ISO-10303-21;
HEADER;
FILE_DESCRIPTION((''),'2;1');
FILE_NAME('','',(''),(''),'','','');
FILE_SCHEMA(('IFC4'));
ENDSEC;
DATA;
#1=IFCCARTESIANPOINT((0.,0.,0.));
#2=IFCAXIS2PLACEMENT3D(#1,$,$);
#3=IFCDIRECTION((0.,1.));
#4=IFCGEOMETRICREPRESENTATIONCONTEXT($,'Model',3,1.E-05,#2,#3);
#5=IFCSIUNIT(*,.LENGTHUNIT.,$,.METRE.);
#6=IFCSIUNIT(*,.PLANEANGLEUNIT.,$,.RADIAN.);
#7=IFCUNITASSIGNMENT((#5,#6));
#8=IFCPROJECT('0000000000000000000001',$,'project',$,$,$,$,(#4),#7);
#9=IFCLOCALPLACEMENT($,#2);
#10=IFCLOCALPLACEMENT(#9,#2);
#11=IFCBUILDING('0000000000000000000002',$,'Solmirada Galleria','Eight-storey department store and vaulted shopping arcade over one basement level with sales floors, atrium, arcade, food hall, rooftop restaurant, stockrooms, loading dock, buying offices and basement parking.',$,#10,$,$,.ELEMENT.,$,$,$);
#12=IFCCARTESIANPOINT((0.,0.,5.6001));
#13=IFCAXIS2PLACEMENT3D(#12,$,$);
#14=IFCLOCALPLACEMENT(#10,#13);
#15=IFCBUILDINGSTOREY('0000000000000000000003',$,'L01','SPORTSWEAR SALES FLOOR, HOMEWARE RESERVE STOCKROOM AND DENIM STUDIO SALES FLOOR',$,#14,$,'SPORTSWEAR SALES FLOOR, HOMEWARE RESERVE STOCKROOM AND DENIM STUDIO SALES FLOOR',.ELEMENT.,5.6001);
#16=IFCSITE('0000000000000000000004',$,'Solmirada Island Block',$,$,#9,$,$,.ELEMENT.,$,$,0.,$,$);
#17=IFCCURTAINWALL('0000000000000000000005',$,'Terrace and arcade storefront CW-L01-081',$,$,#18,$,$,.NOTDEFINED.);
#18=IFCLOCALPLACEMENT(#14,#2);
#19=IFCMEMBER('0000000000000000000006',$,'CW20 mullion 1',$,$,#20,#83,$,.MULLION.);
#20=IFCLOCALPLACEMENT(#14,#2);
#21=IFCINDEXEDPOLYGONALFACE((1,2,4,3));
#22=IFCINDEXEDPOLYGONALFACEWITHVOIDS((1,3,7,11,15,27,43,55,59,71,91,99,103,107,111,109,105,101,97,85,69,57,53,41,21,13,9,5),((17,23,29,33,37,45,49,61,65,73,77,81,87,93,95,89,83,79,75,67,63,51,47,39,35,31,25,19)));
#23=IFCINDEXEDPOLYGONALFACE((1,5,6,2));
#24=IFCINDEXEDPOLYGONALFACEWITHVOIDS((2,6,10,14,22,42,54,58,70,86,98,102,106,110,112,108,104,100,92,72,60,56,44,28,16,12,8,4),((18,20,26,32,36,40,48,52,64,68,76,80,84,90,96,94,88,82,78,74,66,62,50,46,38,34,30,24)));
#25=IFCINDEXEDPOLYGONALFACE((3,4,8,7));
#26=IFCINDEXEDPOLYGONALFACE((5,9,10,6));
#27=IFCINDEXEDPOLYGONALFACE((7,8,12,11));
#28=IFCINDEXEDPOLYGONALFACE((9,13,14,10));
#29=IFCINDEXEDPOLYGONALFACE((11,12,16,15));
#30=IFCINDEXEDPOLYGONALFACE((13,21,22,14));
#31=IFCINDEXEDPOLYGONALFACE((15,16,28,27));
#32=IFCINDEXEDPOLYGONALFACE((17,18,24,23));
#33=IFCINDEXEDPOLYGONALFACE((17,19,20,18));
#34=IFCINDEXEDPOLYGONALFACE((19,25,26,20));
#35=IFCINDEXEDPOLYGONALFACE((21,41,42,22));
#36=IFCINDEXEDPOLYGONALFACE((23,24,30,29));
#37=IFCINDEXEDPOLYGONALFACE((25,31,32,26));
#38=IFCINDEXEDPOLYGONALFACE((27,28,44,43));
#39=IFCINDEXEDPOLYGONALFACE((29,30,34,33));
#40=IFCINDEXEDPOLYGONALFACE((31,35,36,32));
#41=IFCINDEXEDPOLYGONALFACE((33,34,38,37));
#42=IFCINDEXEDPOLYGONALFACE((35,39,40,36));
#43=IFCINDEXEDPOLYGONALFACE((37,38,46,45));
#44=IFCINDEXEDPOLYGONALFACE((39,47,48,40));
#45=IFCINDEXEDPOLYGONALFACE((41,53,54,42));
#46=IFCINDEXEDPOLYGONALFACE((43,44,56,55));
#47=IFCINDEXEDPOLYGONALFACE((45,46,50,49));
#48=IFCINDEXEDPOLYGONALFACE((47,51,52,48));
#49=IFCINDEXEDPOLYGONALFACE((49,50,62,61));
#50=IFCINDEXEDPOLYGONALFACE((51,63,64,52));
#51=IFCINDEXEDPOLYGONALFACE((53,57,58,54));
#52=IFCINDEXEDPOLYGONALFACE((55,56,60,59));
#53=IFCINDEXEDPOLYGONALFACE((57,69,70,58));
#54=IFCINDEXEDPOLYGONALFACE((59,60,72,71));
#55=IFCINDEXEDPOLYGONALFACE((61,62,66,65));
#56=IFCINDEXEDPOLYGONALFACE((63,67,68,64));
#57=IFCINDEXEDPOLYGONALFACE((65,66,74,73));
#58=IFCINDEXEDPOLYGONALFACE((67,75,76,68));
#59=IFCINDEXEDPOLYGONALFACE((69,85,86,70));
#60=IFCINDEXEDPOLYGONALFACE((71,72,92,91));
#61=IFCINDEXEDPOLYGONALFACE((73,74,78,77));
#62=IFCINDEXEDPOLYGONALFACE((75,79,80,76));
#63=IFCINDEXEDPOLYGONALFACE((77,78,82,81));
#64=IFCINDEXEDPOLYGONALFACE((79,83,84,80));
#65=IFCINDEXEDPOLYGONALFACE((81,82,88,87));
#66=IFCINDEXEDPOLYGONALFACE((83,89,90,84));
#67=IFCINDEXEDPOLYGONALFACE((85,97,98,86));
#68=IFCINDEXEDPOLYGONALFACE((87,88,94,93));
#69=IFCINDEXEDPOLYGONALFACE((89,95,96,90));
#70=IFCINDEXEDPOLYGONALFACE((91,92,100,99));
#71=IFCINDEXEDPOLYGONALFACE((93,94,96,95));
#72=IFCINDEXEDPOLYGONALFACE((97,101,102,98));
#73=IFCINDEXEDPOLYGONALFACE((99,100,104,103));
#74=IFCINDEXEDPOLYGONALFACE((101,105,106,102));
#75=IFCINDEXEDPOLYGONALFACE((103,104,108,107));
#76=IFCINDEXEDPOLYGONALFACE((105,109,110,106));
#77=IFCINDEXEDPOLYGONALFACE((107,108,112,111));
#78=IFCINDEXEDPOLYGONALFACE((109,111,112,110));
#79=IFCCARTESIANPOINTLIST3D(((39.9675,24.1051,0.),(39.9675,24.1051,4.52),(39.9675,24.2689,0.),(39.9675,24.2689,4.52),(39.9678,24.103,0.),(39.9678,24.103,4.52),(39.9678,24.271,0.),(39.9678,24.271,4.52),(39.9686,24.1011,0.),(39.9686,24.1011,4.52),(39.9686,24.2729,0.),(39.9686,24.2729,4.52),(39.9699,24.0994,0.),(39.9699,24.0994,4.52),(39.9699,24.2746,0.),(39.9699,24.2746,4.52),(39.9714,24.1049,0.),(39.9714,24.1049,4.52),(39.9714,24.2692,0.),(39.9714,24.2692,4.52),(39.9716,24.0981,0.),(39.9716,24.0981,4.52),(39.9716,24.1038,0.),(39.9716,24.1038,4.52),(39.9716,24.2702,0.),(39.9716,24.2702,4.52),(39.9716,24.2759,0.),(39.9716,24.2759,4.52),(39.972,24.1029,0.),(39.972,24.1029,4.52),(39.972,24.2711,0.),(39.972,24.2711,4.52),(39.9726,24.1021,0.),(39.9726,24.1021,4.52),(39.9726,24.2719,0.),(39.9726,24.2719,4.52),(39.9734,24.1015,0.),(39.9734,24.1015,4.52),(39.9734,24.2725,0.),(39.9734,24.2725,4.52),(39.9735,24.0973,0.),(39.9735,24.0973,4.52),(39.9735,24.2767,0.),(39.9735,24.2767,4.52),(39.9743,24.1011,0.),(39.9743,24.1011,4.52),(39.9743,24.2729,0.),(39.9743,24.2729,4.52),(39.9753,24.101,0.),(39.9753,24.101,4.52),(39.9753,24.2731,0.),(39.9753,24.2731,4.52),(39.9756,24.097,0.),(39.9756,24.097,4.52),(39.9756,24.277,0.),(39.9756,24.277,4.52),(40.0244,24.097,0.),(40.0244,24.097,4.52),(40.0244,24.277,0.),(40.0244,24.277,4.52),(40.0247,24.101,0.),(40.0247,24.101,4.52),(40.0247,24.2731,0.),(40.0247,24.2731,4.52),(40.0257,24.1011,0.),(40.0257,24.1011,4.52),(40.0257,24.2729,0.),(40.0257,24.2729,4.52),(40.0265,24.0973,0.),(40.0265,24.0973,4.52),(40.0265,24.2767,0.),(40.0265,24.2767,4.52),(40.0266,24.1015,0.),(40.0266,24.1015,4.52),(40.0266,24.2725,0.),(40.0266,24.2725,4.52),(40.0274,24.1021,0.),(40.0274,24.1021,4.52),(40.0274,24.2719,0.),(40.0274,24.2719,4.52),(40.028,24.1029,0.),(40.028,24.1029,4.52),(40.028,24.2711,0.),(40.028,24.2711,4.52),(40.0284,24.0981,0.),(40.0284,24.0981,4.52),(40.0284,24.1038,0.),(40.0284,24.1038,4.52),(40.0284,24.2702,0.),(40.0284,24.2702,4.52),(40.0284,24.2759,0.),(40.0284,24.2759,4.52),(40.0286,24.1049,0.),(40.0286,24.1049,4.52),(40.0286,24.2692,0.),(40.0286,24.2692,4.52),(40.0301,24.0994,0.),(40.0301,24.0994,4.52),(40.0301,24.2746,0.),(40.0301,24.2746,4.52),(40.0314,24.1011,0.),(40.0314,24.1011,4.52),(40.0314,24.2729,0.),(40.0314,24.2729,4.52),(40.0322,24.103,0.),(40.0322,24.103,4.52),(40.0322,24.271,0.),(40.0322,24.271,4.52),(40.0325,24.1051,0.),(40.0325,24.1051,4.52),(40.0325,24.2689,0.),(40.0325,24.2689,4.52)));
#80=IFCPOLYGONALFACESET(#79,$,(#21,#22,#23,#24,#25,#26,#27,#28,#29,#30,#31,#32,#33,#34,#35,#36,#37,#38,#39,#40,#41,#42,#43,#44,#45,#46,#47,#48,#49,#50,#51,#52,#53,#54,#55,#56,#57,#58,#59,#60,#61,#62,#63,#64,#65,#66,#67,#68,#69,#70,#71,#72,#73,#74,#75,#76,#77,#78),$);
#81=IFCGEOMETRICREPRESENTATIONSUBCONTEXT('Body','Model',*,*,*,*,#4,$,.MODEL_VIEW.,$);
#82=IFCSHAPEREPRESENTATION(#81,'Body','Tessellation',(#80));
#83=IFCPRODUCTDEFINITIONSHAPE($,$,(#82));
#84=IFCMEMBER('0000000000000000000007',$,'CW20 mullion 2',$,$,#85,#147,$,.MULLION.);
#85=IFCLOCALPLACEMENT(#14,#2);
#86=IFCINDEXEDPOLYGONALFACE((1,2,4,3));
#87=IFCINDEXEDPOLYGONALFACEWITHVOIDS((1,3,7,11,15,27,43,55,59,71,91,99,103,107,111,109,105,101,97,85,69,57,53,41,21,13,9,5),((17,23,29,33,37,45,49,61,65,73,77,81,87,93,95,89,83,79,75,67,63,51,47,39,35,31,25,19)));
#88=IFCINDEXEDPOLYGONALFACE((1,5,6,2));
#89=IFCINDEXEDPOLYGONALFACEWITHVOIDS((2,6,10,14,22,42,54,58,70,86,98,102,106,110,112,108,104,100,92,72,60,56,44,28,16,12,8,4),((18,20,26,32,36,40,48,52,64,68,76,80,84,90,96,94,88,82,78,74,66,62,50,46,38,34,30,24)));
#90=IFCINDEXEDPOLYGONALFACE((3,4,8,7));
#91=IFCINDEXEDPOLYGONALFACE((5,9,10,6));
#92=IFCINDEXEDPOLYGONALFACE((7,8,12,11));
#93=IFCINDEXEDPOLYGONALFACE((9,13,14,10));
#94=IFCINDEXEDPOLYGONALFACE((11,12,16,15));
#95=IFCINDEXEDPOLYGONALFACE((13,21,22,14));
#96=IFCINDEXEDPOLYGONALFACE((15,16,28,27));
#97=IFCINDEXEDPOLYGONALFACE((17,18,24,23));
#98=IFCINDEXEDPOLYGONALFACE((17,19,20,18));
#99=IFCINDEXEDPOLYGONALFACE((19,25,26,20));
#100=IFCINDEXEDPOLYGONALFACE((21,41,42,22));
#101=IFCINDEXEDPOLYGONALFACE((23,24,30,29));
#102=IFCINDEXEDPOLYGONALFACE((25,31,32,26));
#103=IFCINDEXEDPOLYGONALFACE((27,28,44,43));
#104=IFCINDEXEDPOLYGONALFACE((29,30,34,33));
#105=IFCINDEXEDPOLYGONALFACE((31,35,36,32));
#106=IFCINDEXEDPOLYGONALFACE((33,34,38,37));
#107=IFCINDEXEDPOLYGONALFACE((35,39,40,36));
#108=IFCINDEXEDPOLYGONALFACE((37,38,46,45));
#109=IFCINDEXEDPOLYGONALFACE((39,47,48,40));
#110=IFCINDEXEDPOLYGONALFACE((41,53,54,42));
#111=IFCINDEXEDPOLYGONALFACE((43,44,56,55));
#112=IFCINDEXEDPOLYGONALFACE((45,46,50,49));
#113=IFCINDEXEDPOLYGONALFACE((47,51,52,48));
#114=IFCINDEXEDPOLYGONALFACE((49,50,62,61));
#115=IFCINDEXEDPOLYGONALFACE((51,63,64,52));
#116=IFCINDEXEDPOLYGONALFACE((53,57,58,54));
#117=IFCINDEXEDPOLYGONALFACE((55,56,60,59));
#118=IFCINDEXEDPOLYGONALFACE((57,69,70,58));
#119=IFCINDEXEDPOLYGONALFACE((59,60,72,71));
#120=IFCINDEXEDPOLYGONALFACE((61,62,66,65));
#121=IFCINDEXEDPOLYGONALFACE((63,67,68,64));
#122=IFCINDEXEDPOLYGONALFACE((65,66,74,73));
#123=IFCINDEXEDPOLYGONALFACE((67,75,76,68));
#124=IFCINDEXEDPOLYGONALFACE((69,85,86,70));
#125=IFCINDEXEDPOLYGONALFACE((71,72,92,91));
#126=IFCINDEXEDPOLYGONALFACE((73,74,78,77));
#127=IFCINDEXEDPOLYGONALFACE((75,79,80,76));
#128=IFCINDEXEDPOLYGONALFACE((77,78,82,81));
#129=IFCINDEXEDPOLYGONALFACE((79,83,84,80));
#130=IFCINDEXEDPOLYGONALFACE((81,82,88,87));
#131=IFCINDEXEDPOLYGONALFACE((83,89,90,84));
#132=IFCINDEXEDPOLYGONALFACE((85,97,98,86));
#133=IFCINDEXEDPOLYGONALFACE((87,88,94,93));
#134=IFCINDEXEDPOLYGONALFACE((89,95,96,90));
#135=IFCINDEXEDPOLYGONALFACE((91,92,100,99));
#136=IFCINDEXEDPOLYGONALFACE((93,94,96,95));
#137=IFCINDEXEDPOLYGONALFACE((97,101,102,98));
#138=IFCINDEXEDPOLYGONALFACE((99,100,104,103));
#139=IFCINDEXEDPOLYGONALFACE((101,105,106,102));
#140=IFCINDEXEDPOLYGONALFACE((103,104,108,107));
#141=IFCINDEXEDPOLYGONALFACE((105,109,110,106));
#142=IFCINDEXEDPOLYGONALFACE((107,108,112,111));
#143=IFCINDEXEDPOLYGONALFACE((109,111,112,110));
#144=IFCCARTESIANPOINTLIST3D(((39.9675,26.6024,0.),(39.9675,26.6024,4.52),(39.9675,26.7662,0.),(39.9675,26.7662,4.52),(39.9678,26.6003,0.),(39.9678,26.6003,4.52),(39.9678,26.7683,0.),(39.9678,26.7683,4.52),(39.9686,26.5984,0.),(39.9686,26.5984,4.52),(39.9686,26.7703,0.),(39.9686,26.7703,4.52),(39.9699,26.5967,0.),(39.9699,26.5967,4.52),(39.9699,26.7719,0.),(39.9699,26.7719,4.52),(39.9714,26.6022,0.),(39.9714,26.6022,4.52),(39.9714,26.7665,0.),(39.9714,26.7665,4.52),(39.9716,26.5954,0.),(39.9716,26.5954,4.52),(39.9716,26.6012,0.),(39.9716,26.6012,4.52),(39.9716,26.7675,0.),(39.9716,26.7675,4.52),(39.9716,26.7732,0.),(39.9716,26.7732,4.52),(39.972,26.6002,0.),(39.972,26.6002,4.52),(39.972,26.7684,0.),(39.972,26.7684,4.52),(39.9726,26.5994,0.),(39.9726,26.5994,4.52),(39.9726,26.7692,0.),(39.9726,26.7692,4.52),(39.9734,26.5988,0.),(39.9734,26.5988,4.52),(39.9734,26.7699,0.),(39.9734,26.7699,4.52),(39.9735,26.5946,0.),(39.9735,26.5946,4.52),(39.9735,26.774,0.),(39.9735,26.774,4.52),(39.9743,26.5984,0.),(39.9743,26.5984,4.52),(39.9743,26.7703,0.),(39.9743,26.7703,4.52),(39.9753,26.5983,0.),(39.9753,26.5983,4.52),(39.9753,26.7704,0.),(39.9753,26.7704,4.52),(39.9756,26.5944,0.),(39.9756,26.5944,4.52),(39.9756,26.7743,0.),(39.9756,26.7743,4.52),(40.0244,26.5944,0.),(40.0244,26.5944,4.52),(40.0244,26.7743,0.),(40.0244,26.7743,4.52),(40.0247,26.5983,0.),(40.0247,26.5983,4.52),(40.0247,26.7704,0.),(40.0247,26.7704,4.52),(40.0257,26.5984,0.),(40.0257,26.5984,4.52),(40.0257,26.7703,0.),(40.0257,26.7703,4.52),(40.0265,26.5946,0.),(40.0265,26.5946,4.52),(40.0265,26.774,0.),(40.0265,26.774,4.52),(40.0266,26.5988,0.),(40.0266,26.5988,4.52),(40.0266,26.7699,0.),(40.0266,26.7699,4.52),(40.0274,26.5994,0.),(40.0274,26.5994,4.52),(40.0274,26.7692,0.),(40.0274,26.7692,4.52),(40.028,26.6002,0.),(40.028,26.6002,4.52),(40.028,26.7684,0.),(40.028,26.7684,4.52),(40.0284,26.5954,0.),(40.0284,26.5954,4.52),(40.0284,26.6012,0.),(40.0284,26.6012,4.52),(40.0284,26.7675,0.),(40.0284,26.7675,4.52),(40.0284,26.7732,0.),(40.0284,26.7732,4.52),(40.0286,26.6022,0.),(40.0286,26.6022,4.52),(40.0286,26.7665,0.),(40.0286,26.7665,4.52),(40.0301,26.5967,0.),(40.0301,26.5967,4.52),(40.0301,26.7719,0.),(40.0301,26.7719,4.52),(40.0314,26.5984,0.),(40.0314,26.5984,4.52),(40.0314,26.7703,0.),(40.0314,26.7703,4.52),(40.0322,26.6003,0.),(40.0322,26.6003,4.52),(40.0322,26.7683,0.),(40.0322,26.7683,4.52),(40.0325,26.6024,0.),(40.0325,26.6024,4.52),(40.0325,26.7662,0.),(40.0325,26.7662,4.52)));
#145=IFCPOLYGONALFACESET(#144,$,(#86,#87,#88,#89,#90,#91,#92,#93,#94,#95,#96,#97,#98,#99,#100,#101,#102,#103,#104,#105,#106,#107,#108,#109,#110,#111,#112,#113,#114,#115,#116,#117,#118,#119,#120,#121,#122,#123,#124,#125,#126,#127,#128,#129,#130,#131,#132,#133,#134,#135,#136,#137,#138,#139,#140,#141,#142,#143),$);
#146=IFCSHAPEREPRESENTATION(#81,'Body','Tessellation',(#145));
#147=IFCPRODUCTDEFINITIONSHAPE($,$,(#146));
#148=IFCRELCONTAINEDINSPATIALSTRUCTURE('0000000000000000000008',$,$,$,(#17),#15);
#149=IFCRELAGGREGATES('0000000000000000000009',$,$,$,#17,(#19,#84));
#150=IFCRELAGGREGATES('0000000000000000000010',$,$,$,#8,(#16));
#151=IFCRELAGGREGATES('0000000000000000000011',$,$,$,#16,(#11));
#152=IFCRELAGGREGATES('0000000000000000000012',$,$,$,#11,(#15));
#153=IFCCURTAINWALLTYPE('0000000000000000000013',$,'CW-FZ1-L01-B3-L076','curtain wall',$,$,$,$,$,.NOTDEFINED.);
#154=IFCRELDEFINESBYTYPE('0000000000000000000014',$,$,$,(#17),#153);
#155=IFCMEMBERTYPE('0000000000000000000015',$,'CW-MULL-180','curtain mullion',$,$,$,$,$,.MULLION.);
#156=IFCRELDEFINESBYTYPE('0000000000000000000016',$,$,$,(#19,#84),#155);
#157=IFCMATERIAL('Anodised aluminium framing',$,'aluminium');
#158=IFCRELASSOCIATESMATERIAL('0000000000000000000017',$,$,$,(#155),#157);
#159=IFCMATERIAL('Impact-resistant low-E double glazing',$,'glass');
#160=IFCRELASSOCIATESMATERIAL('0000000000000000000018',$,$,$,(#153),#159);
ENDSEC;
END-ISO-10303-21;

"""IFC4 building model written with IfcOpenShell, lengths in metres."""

from ifc_helpers import new_model, si_unit, direction, frame, origin, origin_2d, place, context, subcontext, project, spatial, hollow_rectangle, extrude, material, material_profile, profile_set, type_object, element, aggregate, save


model = new_model("IFC4")

# Units and contexts
model_context = context("Model", 3, precision=1e-05, world=origin(), true_north=direction((0.0, 1.0)))
body_context = subcontext(model_context, "Body", "Model", "MODEL_VIEW")
ifc_project = project(units=[si_unit("LENGTHUNIT", "METRE"), si_unit("PLANEANGLEUNIT", "RADIAN")], contexts=[model_context])

# Site, building, storey
site_placement = place(None, origin())
site = spatial("IfcSite", under=ifc_project, at=site_placement, Name="Solmirada Island Block", CompositionType="ELEMENT", RefElevation=0.0)
building_placement = place(site_placement, origin())
building = spatial("IfcBuilding", under=site, at=building_placement, Name="Solmirada Galleria", Description="Eight-storey department store and vaulted shopping arcade over one basement level with sales floors, atrium, arcade, food hall, rooftop restaurant, stockrooms, loading dock, buying offices and basement parking.", CompositionType="ELEMENT")
storey_placement = place(building_placement, frame((0.0, 0.0, 5.6001)))
storey = spatial("IfcBuildingStorey", under=building, at=storey_placement, Name="L01", Description="SPORTSWEAR SALES FLOOR, HOMEWARE RESERVE STOCKROOM AND DENIM STUDIO SALES FLOOR", LongName="SPORTSWEAR SALES FLOOR, HOMEWARE RESERVE STOCKROOM AND DENIM STUDIO SALES FLOOR", CompositionType="ELEMENT", Elevation=5.6001)

# Shared definitions
ifc_material_1 = material(Name="Impact-resistant low-E double glazing", Category="glass")
ifc_material_2 = material(Name="Anodised aluminium framing", Category="aluminium")
ifc_material_profile_1 = material_profile(ifc_material_2, hollow_rectangle(XDim=0.0649, YDim=0.1799, WallThickness=0.0039, InnerFilletRadius=0.0039, OuterFilletRadius=0.0081, at=origin_2d()), Name="ALU-MULL-180X65")
ifc_profile_set_1 = profile_set([ifc_material_profile_1], Name="Anodised aluminium framing")
member_type_1 = type_object("IfcMemberType", Name="CW-MULL-180", Description="curtain mullion", PredefinedType="MULLION", material=ifc_profile_set_1)

# Curtain wall, members
curtain_wall_type_1 = type_object("IfcCurtainWallType", Name="CW-FZ1-L01-B3-L076", Description="curtain wall", PredefinedType="NOTDEFINED", material=ifc_material_1)
curtain_wall_1_placement = place(storey_placement, origin())
curtain_wall_1 = element("IfcCurtainWall", 1, at=curtain_wall_1_placement, inside=storey, type_object=curtain_wall_type_1, Name="Terrace and arcade storefront CW-L01-081", PredefinedType="NOTDEFINED")
member_1_placement = place(storey_placement, frame((40.0, 24.187, 0.0), z_axis=(0.0, 0.0, 1.0), x_axis=(-1.0, 0.0, 0.0)))
member_1 = element("IfcMember", 2, at=member_1_placement, type_object=member_type_1, Name="CW20 mullion 1", PredefinedType="MULLION", context=body_context, shape_type="SweptSolid", body=[
    extrude(hollow_rectangle(XDim=0.0649, YDim=0.1799, WallThickness=0.0039, InnerFilletRadius=0.0039, OuterFilletRadius=0.0081, at=origin_2d()), origin(), (0.0, 0.0, 1.0), 4.52),
])
member_2_placement = place(storey_placement, frame((40.0, 26.6843, 0.0), z_axis=(0.0, 0.0, 1.0), x_axis=(-1.0, 0.0, 0.0)))
member_2 = element("IfcMember", 3, at=member_2_placement, type_object=member_type_1, Name="CW20 mullion 2", PredefinedType="MULLION", context=body_context, shape_type="SweptSolid", body=[
    extrude(hollow_rectangle(XDim=0.0649, YDim=0.1799, WallThickness=0.0039, InnerFilletRadius=0.0039, OuterFilletRadius=0.0081, at=origin_2d()), origin(), (0.0, 0.0, 1.0), 4.52),
])

aggregate(curtain_wall_1, [member_1, member_2])

save(model, "model.ifc")
